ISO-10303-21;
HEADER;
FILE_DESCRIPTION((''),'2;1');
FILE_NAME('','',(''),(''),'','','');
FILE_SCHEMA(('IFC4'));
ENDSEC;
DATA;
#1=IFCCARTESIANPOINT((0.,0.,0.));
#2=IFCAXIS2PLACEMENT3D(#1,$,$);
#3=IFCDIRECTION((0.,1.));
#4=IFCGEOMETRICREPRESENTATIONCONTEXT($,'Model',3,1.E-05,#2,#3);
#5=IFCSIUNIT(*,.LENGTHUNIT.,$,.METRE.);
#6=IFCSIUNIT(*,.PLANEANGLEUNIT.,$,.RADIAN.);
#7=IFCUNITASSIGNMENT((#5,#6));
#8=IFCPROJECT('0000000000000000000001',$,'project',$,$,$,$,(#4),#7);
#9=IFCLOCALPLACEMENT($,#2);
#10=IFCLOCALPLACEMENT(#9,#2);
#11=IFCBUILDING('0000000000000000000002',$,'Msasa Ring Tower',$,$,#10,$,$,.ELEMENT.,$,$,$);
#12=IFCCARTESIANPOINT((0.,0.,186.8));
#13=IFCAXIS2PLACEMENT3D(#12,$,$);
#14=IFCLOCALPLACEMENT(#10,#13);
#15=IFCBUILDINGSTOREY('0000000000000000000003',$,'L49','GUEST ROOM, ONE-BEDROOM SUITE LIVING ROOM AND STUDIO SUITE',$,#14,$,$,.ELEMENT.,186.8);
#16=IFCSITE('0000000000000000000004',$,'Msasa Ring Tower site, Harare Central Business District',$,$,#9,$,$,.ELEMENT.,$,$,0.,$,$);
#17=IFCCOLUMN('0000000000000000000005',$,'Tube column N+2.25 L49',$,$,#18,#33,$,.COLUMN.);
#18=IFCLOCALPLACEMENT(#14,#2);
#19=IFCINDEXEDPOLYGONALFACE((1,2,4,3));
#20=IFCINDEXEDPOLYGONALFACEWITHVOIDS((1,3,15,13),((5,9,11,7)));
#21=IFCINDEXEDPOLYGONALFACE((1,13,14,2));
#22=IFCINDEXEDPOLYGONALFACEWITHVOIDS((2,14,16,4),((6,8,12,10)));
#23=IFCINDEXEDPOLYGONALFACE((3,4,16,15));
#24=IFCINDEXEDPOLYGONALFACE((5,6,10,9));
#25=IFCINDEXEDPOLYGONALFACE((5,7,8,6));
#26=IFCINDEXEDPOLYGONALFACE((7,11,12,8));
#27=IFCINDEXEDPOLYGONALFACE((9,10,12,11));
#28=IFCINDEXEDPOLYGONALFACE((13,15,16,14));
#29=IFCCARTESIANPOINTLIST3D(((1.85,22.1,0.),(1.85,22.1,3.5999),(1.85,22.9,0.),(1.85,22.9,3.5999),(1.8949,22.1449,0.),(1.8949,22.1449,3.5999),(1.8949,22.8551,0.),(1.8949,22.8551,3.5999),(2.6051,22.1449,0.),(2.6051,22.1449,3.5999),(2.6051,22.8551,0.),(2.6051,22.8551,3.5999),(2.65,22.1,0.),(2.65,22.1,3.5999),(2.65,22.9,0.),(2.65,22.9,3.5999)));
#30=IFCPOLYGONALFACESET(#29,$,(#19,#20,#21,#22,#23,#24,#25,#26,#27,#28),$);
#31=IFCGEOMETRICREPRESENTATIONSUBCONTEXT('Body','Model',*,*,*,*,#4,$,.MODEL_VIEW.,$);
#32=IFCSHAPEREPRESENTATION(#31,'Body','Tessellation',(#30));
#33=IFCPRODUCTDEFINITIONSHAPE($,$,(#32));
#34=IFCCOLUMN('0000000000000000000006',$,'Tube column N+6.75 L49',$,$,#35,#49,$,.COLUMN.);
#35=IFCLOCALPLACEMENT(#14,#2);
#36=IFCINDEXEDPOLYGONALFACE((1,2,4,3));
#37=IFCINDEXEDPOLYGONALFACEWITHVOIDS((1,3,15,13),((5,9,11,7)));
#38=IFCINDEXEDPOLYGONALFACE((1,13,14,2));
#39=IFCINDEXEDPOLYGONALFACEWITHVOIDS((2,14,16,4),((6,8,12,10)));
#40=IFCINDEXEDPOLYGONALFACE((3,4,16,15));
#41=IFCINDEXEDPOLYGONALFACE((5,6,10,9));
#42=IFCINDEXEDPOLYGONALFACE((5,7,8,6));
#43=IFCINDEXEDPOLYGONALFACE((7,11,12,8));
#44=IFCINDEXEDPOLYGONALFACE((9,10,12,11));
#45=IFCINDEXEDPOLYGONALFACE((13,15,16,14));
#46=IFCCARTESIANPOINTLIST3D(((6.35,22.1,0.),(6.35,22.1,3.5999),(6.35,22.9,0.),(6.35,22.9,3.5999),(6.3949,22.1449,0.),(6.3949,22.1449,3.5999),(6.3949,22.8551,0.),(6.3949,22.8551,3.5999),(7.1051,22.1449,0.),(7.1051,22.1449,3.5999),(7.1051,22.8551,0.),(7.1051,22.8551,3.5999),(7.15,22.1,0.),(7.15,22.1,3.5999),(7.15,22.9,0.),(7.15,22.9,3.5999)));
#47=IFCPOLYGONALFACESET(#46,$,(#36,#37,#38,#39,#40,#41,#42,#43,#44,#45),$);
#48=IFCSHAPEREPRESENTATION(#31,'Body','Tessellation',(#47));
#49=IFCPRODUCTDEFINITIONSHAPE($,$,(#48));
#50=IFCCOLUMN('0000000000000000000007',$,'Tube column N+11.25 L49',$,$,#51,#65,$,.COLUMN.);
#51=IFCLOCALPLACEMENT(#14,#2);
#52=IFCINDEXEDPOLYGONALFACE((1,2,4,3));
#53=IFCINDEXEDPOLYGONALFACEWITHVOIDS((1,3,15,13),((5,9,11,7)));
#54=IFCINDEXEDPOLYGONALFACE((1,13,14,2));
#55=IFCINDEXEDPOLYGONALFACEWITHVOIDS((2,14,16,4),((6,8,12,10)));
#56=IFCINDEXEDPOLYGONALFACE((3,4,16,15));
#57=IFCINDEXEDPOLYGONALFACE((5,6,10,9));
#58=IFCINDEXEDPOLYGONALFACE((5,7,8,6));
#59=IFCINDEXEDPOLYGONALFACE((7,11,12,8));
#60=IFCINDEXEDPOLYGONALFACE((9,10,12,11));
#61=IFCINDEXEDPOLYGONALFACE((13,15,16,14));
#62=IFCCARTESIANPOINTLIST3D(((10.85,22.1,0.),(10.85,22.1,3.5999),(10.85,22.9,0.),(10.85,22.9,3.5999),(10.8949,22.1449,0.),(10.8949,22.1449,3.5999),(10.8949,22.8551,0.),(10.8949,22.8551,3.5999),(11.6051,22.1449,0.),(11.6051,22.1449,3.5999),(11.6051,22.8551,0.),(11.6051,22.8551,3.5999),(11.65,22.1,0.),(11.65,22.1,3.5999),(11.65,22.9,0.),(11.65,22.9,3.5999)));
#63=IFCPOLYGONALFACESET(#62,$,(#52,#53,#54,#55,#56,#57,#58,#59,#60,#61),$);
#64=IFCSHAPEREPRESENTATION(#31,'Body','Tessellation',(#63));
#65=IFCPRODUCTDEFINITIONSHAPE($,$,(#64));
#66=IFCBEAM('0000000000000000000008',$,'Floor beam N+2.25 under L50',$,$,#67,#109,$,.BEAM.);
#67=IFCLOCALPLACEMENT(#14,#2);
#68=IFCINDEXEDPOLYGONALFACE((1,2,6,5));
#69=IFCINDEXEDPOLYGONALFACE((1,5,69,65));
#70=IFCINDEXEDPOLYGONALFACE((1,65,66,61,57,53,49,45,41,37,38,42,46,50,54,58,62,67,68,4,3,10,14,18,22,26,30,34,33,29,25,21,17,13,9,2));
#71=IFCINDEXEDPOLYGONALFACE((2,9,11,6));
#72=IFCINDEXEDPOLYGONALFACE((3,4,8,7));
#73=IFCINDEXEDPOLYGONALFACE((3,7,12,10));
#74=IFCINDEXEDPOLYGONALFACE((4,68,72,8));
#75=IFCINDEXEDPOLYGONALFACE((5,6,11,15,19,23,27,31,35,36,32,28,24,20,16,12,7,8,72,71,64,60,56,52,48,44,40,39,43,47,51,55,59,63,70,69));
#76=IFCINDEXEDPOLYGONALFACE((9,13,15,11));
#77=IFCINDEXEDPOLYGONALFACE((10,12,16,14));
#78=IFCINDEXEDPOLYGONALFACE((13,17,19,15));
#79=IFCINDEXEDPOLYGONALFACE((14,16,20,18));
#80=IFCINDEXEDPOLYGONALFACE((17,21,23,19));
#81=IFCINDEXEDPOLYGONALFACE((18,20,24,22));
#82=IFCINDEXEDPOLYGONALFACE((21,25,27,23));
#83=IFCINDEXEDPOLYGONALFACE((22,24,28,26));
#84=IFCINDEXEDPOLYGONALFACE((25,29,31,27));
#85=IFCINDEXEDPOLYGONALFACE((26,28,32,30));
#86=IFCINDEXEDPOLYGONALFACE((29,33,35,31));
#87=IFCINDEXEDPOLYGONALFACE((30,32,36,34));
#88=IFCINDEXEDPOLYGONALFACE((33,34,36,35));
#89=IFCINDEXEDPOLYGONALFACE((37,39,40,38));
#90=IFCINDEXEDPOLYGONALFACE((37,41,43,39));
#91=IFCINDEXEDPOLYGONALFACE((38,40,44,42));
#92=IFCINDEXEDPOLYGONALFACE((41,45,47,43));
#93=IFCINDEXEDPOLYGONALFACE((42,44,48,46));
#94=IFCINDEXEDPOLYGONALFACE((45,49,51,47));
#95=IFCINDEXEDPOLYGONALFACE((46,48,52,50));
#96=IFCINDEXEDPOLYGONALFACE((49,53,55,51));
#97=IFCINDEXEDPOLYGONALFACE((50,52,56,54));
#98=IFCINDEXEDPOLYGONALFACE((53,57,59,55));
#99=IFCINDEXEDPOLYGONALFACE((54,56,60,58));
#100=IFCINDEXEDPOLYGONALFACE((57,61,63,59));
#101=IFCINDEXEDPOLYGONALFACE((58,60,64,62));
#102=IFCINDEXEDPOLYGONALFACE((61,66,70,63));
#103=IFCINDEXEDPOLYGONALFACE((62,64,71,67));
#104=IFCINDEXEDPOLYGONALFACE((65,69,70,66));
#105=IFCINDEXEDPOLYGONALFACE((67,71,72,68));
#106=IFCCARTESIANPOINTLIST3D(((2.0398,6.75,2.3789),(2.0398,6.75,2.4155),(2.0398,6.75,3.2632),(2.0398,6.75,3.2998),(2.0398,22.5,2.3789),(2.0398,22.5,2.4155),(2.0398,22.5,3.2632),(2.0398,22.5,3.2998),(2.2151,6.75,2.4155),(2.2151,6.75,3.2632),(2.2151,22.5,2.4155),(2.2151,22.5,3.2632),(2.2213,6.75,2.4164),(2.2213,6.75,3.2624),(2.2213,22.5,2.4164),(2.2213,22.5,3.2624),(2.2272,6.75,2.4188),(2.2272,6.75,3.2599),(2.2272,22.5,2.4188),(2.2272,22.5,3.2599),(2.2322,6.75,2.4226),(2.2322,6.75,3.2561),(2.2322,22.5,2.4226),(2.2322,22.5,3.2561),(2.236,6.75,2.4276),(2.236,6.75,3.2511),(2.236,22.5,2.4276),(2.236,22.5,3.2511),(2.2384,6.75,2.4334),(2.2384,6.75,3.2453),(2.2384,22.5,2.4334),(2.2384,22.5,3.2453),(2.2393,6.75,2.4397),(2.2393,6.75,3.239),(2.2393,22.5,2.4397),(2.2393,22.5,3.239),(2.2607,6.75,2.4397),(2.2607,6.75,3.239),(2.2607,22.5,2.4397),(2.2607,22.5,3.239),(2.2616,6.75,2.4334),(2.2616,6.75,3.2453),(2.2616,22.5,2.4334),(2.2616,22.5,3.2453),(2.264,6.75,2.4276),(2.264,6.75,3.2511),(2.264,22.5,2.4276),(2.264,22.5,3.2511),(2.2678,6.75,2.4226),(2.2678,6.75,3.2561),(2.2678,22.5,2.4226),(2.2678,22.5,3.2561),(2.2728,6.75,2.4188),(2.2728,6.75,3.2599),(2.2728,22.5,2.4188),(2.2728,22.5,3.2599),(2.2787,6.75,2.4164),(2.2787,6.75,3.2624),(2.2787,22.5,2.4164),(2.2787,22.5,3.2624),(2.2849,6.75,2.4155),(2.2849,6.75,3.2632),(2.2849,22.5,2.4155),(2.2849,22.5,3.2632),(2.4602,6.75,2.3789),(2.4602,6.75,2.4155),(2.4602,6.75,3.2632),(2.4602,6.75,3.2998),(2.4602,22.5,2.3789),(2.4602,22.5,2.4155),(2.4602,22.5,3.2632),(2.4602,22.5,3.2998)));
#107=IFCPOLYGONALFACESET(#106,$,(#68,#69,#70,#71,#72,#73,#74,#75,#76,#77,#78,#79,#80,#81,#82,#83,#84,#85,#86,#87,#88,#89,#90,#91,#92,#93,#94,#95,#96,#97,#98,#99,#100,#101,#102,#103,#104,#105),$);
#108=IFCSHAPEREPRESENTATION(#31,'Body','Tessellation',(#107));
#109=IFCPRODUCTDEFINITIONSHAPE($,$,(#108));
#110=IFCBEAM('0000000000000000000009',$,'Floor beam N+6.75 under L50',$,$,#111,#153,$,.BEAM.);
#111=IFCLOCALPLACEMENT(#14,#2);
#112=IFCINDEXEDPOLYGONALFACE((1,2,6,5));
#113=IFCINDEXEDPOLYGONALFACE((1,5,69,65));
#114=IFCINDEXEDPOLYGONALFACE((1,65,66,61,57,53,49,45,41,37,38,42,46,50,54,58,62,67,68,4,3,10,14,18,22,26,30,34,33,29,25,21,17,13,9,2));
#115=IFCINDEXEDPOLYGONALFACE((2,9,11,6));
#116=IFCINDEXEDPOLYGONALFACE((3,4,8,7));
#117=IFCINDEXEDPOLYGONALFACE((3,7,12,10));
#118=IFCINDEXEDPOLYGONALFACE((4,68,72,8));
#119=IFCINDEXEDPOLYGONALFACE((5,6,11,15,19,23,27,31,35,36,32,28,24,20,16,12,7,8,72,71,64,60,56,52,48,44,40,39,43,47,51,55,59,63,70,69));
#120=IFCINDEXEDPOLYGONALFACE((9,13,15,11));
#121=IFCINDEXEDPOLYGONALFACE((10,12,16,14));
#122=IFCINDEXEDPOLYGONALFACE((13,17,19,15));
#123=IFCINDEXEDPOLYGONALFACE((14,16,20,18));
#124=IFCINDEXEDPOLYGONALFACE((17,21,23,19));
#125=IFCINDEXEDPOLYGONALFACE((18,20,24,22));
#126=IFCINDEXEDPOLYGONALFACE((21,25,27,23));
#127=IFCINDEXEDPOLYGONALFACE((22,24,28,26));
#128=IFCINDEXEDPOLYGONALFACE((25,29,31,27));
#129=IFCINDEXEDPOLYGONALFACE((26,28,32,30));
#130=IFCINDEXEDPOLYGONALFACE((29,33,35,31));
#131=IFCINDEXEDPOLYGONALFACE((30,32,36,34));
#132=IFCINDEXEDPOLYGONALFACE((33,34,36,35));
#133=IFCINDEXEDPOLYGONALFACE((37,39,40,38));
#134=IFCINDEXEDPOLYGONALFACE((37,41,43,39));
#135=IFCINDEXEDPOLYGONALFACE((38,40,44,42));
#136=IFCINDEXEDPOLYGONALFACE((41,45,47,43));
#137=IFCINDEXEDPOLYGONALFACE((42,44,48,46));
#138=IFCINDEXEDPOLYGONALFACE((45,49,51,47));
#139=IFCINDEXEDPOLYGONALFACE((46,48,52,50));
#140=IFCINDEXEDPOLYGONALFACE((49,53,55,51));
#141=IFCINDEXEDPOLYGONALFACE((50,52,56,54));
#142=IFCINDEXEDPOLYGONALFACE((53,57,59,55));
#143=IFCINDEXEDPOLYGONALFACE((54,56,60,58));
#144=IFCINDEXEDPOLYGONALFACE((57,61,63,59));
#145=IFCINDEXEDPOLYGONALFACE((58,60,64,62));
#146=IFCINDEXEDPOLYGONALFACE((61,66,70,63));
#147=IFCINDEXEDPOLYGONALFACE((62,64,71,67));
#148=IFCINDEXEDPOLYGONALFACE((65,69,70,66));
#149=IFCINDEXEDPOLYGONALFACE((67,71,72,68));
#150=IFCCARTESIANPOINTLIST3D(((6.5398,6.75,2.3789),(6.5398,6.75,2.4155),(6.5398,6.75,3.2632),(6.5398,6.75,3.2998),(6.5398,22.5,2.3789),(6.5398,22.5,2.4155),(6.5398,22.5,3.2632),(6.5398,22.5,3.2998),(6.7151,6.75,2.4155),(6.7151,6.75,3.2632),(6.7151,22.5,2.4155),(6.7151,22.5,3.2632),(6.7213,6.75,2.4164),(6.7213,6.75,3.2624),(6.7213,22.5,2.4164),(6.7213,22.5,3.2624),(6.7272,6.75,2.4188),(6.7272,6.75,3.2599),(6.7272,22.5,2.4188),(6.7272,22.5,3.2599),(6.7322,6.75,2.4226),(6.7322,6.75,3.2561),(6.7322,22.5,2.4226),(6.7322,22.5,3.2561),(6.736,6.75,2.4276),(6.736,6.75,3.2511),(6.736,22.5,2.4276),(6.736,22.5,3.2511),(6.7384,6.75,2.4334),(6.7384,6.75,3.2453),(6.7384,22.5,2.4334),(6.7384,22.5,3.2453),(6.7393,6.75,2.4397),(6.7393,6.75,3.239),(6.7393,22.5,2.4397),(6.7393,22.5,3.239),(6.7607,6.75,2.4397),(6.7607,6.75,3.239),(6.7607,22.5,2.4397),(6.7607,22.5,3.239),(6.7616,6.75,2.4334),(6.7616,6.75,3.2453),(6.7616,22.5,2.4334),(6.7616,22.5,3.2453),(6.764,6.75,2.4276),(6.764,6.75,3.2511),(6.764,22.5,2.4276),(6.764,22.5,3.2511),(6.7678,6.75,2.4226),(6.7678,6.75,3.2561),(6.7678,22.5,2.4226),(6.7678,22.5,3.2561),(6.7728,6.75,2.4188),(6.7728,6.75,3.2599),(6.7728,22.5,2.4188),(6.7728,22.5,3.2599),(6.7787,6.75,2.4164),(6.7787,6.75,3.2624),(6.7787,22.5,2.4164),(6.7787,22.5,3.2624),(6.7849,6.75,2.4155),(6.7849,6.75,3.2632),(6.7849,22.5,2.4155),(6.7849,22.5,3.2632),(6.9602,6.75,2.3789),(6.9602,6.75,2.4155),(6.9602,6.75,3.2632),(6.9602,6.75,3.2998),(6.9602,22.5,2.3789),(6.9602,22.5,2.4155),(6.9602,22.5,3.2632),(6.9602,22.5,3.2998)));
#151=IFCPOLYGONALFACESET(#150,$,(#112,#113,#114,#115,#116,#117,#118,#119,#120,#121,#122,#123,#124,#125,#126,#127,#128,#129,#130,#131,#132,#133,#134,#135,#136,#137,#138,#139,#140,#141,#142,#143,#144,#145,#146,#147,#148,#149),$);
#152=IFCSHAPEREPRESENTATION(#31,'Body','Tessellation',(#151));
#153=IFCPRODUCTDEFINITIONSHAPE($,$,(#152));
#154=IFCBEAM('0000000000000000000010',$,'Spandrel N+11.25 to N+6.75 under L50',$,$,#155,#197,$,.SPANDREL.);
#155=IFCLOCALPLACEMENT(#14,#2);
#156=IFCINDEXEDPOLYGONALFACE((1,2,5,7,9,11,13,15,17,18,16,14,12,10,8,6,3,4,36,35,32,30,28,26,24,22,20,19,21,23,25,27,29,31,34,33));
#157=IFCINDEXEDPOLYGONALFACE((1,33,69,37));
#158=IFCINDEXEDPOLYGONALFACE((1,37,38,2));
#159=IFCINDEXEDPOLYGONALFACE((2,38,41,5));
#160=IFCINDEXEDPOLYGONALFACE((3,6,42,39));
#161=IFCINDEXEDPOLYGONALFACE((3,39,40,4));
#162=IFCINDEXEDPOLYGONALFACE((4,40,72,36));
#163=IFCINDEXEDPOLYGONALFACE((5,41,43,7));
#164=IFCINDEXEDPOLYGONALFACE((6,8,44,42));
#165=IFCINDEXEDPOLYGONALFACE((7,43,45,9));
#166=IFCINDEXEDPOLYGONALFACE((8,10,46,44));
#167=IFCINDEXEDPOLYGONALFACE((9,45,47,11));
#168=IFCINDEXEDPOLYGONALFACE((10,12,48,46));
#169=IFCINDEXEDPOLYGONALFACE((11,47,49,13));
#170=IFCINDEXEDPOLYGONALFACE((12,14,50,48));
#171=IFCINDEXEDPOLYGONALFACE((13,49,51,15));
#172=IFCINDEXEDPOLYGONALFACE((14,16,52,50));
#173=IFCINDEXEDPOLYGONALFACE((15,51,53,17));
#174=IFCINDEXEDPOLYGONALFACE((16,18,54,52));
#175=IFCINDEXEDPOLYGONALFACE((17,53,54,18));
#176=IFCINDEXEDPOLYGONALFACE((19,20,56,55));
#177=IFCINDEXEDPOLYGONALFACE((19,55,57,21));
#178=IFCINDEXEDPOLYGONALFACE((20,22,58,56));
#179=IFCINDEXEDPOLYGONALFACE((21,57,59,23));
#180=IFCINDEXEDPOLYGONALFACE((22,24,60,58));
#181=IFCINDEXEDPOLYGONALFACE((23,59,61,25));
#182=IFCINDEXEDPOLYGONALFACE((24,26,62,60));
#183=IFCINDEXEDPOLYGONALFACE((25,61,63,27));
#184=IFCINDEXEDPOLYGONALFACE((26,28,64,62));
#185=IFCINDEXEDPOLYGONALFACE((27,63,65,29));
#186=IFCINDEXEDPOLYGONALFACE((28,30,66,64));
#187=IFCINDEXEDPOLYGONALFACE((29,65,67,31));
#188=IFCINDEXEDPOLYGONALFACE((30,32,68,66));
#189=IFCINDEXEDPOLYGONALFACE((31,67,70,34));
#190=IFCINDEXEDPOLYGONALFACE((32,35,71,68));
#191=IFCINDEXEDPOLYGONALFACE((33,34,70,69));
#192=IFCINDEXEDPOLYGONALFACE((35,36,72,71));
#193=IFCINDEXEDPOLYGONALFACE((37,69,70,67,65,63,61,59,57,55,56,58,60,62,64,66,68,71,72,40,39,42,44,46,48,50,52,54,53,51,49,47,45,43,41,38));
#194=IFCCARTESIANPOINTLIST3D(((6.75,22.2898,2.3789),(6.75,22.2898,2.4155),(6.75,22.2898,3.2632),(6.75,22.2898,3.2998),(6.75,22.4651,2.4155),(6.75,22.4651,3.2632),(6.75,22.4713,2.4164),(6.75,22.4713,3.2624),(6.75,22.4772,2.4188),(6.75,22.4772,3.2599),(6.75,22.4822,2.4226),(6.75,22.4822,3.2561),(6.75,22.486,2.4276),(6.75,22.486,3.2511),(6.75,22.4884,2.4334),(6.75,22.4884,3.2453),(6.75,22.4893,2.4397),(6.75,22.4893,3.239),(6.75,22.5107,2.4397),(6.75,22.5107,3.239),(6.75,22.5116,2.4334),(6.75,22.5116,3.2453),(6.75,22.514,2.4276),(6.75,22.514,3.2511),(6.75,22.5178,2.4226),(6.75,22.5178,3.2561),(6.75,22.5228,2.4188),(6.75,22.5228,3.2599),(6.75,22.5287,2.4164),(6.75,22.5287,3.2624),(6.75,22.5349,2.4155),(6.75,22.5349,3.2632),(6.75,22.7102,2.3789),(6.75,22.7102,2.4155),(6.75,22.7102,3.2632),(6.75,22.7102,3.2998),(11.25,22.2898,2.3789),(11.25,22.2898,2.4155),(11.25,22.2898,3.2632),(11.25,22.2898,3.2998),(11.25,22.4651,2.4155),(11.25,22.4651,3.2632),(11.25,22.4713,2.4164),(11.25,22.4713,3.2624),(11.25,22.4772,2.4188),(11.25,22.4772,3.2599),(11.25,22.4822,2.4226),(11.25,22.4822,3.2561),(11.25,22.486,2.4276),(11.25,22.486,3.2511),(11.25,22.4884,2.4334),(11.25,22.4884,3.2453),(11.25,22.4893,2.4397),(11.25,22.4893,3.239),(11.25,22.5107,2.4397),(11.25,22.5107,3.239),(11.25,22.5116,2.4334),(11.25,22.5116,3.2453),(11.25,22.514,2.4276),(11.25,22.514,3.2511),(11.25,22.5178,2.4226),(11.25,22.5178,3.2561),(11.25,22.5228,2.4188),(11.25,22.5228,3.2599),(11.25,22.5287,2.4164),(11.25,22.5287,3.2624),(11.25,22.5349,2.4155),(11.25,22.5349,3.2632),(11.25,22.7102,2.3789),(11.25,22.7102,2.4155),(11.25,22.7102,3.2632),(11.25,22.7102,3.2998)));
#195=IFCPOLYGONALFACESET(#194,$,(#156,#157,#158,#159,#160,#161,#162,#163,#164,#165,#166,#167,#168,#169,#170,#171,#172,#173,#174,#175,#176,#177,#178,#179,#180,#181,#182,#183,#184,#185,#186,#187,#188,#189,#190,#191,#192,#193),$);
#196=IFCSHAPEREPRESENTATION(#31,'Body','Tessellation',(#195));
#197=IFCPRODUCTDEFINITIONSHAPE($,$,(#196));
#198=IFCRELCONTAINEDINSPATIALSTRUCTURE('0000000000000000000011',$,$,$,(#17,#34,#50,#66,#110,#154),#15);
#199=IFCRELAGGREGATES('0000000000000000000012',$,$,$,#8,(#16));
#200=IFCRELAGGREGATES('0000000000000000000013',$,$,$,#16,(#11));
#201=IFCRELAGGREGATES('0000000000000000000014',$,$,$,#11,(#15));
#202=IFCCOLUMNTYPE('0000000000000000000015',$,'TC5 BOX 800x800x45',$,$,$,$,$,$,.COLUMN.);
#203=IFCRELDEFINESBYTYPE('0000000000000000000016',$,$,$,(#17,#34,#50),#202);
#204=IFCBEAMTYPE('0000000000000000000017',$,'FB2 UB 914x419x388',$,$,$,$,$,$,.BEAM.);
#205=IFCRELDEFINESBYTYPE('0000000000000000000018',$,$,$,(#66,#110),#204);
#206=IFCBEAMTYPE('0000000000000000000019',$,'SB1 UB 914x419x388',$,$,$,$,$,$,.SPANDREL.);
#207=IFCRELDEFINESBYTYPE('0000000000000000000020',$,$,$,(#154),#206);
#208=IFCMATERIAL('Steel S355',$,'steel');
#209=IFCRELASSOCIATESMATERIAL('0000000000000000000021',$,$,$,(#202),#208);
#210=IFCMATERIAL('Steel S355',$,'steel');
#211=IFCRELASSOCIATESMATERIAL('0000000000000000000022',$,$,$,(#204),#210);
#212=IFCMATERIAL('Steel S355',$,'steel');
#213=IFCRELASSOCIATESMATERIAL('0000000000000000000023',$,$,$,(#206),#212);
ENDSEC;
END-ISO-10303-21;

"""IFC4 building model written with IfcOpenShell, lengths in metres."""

from ifc_helpers import new_model, si_unit, direction, frame, origin, origin_2d, place, context, subcontext, project, spatial, hollow_rectangle, i_section, extrude, material, material_profile, profile_set, type_object, element, save


model = new_model("IFC4")

# Units and contexts
model_context = context("Model", 3, precision=1e-05, world=origin(), true_north=direction((0.0, 1.0)))
body_context = subcontext(model_context, "Body", "Model", "MODEL_VIEW")
ifc_project = project(units=[si_unit("LENGTHUNIT", "METRE"), si_unit("PLANEANGLEUNIT", "RADIAN")], contexts=[model_context])

# Site, building, storey
site_placement = place(None, origin())
site = spatial("IfcSite", under=ifc_project, at=site_placement, Name="Msasa Ring Tower site, Harare Central Business District", CompositionType="ELEMENT", RefElevation=0.0)
building_placement = place(site_placement, origin())
building = spatial("IfcBuilding", under=site, at=building_placement, Name="Msasa Ring Tower", CompositionType="ELEMENT")
storey_placement = place(building_placement, frame((0.0, 0.0, 186.8)))
storey = spatial("IfcBuildingStorey", under=building, at=storey_placement, Name="L49", Description="GUEST ROOM, ONE-BEDROOM SUITE LIVING ROOM AND STUDIO SUITE", CompositionType="ELEMENT", Elevation=186.8)

# Columns
ifc_material_1 = material(Name="Steel S355", Category="steel")
ifc_material_profile_1 = material_profile(ifc_material_1, hollow_rectangle(XDim=0.8, YDim=0.8, WallThickness=0.0449, at=origin_2d()), Name="BOX 800x800x45")
ifc_profile_set_1 = profile_set([ifc_material_profile_1], Name="Steel S355")
column_type = type_object("IfcColumnType", Name="TC5 BOX 800x800x45", PredefinedType="COLUMN", material=ifc_profile_set_1)
for number, where, z_axis, x_axis, name in (
    (1, (2.25, 22.5, 0.0), (0.0, 0.0, 1.0), (0.0, 1.0, 0.0), "Tube column N+2.25 L49"),
    (2, (6.75, 22.5, 0.0), (0.0, 0.0, 1.0), (0.0, 1.0, 0.0), "Tube column N+6.75 L49"),
    (3, (11.25, 22.5, 0.0), (0.0, 0.0, 1.0), (0.0, 1.0, 0.0), "Tube column N+11.25 L49"),
):
    element("IfcColumn", number, at=place(storey_placement, frame(where, z_axis=z_axis, x_axis=x_axis)), inside=storey, type_object=column_type, Name=name, PredefinedType="COLUMN", context=body_context, shape_type="SweptSolid", body=[
        extrude(hollow_rectangle(XDim=0.8, YDim=0.8, WallThickness=0.0449, at=origin_2d()), origin(), (0.0, 0.0, 1.0), 3.5999),
    ])

# Beams
ifc_material_2 = material(Name="Steel S355", Category="steel")
ifc_material_profile_2 = material_profile(ifc_material_2, i_section(OverallWidth=0.4204, OverallDepth=0.9209, WebThickness=0.0215, FlangeThickness=0.0366, FilletRadius=0.0242, at=origin_2d()), Name="UB 914x419x388")
ifc_profile_set_2 = profile_set([ifc_material_profile_2], Name="Steel S355")
beam_type_1 = type_object("IfcBeamType", Name="FB2 UB 914x419x388", PredefinedType="BEAM", material=ifc_profile_set_2)
for number, where, z_axis, x_axis, name in (
    (4, (2.25, 22.5, 2.8394), (0.0, -1.0, 0.0), (1.0, 0.0, 0.0), "Floor beam N+2.25 under L50"),
    (5, (6.75, 22.5, 2.8394), (0.0, -1.0, 0.0), (1.0, 0.0, 0.0), "Floor beam N+6.75 under L50"),
):
    element("IfcBeam", number, at=place(storey_placement, frame(where, z_axis=z_axis, x_axis=x_axis)), inside=storey, type_object=beam_type_1, Name=name, PredefinedType="BEAM", context=body_context, shape_type="SweptSolid", body=[
        extrude(i_section(OverallWidth=0.4204, OverallDepth=0.9209, WebThickness=0.0215, FlangeThickness=0.0366, FilletRadius=0.0242, at=origin_2d()), origin(), (0.0, 0.0, 1.0), 15.75),
    ])
ifc_material_3 = material(Name="Steel S355", Category="steel")
ifc_material_profile_3 = material_profile(ifc_material_3, i_section(OverallWidth=0.4204, OverallDepth=0.9209, WebThickness=0.0215, FlangeThickness=0.0366, FilletRadius=0.0242, at=origin_2d()), Name="UB 914x419x388")
ifc_profile_set_3 = profile_set([ifc_material_profile_3], Name="Steel S355")
beam_type_2 = type_object("IfcBeamType", Name="SB1 UB 914x419x388", PredefinedType="SPANDREL", material=ifc_profile_set_3)
for number, where, z_axis, x_axis, name in (
    (6, (11.25, 22.5, 2.8394), (-1.0, 0.0, 0.0), (0.0, -1.0, 0.0), "Spandrel N+11.25 to N+6.75 under L50"),
):
    element("IfcBeam", number, at=place(storey_placement, frame(where, z_axis=z_axis, x_axis=x_axis)), inside=storey, type_object=beam_type_2, Name=name, PredefinedType="SPANDREL", context=body_context, shape_type="SweptSolid", body=[
        extrude(i_section(OverallWidth=0.4204, OverallDepth=0.9209, WebThickness=0.0215, FlangeThickness=0.0366, FilletRadius=0.0242, at=origin_2d()), origin(), (0.0, 0.0, 1.0), 4.5),
    ])

save(model, "model.ifc")
